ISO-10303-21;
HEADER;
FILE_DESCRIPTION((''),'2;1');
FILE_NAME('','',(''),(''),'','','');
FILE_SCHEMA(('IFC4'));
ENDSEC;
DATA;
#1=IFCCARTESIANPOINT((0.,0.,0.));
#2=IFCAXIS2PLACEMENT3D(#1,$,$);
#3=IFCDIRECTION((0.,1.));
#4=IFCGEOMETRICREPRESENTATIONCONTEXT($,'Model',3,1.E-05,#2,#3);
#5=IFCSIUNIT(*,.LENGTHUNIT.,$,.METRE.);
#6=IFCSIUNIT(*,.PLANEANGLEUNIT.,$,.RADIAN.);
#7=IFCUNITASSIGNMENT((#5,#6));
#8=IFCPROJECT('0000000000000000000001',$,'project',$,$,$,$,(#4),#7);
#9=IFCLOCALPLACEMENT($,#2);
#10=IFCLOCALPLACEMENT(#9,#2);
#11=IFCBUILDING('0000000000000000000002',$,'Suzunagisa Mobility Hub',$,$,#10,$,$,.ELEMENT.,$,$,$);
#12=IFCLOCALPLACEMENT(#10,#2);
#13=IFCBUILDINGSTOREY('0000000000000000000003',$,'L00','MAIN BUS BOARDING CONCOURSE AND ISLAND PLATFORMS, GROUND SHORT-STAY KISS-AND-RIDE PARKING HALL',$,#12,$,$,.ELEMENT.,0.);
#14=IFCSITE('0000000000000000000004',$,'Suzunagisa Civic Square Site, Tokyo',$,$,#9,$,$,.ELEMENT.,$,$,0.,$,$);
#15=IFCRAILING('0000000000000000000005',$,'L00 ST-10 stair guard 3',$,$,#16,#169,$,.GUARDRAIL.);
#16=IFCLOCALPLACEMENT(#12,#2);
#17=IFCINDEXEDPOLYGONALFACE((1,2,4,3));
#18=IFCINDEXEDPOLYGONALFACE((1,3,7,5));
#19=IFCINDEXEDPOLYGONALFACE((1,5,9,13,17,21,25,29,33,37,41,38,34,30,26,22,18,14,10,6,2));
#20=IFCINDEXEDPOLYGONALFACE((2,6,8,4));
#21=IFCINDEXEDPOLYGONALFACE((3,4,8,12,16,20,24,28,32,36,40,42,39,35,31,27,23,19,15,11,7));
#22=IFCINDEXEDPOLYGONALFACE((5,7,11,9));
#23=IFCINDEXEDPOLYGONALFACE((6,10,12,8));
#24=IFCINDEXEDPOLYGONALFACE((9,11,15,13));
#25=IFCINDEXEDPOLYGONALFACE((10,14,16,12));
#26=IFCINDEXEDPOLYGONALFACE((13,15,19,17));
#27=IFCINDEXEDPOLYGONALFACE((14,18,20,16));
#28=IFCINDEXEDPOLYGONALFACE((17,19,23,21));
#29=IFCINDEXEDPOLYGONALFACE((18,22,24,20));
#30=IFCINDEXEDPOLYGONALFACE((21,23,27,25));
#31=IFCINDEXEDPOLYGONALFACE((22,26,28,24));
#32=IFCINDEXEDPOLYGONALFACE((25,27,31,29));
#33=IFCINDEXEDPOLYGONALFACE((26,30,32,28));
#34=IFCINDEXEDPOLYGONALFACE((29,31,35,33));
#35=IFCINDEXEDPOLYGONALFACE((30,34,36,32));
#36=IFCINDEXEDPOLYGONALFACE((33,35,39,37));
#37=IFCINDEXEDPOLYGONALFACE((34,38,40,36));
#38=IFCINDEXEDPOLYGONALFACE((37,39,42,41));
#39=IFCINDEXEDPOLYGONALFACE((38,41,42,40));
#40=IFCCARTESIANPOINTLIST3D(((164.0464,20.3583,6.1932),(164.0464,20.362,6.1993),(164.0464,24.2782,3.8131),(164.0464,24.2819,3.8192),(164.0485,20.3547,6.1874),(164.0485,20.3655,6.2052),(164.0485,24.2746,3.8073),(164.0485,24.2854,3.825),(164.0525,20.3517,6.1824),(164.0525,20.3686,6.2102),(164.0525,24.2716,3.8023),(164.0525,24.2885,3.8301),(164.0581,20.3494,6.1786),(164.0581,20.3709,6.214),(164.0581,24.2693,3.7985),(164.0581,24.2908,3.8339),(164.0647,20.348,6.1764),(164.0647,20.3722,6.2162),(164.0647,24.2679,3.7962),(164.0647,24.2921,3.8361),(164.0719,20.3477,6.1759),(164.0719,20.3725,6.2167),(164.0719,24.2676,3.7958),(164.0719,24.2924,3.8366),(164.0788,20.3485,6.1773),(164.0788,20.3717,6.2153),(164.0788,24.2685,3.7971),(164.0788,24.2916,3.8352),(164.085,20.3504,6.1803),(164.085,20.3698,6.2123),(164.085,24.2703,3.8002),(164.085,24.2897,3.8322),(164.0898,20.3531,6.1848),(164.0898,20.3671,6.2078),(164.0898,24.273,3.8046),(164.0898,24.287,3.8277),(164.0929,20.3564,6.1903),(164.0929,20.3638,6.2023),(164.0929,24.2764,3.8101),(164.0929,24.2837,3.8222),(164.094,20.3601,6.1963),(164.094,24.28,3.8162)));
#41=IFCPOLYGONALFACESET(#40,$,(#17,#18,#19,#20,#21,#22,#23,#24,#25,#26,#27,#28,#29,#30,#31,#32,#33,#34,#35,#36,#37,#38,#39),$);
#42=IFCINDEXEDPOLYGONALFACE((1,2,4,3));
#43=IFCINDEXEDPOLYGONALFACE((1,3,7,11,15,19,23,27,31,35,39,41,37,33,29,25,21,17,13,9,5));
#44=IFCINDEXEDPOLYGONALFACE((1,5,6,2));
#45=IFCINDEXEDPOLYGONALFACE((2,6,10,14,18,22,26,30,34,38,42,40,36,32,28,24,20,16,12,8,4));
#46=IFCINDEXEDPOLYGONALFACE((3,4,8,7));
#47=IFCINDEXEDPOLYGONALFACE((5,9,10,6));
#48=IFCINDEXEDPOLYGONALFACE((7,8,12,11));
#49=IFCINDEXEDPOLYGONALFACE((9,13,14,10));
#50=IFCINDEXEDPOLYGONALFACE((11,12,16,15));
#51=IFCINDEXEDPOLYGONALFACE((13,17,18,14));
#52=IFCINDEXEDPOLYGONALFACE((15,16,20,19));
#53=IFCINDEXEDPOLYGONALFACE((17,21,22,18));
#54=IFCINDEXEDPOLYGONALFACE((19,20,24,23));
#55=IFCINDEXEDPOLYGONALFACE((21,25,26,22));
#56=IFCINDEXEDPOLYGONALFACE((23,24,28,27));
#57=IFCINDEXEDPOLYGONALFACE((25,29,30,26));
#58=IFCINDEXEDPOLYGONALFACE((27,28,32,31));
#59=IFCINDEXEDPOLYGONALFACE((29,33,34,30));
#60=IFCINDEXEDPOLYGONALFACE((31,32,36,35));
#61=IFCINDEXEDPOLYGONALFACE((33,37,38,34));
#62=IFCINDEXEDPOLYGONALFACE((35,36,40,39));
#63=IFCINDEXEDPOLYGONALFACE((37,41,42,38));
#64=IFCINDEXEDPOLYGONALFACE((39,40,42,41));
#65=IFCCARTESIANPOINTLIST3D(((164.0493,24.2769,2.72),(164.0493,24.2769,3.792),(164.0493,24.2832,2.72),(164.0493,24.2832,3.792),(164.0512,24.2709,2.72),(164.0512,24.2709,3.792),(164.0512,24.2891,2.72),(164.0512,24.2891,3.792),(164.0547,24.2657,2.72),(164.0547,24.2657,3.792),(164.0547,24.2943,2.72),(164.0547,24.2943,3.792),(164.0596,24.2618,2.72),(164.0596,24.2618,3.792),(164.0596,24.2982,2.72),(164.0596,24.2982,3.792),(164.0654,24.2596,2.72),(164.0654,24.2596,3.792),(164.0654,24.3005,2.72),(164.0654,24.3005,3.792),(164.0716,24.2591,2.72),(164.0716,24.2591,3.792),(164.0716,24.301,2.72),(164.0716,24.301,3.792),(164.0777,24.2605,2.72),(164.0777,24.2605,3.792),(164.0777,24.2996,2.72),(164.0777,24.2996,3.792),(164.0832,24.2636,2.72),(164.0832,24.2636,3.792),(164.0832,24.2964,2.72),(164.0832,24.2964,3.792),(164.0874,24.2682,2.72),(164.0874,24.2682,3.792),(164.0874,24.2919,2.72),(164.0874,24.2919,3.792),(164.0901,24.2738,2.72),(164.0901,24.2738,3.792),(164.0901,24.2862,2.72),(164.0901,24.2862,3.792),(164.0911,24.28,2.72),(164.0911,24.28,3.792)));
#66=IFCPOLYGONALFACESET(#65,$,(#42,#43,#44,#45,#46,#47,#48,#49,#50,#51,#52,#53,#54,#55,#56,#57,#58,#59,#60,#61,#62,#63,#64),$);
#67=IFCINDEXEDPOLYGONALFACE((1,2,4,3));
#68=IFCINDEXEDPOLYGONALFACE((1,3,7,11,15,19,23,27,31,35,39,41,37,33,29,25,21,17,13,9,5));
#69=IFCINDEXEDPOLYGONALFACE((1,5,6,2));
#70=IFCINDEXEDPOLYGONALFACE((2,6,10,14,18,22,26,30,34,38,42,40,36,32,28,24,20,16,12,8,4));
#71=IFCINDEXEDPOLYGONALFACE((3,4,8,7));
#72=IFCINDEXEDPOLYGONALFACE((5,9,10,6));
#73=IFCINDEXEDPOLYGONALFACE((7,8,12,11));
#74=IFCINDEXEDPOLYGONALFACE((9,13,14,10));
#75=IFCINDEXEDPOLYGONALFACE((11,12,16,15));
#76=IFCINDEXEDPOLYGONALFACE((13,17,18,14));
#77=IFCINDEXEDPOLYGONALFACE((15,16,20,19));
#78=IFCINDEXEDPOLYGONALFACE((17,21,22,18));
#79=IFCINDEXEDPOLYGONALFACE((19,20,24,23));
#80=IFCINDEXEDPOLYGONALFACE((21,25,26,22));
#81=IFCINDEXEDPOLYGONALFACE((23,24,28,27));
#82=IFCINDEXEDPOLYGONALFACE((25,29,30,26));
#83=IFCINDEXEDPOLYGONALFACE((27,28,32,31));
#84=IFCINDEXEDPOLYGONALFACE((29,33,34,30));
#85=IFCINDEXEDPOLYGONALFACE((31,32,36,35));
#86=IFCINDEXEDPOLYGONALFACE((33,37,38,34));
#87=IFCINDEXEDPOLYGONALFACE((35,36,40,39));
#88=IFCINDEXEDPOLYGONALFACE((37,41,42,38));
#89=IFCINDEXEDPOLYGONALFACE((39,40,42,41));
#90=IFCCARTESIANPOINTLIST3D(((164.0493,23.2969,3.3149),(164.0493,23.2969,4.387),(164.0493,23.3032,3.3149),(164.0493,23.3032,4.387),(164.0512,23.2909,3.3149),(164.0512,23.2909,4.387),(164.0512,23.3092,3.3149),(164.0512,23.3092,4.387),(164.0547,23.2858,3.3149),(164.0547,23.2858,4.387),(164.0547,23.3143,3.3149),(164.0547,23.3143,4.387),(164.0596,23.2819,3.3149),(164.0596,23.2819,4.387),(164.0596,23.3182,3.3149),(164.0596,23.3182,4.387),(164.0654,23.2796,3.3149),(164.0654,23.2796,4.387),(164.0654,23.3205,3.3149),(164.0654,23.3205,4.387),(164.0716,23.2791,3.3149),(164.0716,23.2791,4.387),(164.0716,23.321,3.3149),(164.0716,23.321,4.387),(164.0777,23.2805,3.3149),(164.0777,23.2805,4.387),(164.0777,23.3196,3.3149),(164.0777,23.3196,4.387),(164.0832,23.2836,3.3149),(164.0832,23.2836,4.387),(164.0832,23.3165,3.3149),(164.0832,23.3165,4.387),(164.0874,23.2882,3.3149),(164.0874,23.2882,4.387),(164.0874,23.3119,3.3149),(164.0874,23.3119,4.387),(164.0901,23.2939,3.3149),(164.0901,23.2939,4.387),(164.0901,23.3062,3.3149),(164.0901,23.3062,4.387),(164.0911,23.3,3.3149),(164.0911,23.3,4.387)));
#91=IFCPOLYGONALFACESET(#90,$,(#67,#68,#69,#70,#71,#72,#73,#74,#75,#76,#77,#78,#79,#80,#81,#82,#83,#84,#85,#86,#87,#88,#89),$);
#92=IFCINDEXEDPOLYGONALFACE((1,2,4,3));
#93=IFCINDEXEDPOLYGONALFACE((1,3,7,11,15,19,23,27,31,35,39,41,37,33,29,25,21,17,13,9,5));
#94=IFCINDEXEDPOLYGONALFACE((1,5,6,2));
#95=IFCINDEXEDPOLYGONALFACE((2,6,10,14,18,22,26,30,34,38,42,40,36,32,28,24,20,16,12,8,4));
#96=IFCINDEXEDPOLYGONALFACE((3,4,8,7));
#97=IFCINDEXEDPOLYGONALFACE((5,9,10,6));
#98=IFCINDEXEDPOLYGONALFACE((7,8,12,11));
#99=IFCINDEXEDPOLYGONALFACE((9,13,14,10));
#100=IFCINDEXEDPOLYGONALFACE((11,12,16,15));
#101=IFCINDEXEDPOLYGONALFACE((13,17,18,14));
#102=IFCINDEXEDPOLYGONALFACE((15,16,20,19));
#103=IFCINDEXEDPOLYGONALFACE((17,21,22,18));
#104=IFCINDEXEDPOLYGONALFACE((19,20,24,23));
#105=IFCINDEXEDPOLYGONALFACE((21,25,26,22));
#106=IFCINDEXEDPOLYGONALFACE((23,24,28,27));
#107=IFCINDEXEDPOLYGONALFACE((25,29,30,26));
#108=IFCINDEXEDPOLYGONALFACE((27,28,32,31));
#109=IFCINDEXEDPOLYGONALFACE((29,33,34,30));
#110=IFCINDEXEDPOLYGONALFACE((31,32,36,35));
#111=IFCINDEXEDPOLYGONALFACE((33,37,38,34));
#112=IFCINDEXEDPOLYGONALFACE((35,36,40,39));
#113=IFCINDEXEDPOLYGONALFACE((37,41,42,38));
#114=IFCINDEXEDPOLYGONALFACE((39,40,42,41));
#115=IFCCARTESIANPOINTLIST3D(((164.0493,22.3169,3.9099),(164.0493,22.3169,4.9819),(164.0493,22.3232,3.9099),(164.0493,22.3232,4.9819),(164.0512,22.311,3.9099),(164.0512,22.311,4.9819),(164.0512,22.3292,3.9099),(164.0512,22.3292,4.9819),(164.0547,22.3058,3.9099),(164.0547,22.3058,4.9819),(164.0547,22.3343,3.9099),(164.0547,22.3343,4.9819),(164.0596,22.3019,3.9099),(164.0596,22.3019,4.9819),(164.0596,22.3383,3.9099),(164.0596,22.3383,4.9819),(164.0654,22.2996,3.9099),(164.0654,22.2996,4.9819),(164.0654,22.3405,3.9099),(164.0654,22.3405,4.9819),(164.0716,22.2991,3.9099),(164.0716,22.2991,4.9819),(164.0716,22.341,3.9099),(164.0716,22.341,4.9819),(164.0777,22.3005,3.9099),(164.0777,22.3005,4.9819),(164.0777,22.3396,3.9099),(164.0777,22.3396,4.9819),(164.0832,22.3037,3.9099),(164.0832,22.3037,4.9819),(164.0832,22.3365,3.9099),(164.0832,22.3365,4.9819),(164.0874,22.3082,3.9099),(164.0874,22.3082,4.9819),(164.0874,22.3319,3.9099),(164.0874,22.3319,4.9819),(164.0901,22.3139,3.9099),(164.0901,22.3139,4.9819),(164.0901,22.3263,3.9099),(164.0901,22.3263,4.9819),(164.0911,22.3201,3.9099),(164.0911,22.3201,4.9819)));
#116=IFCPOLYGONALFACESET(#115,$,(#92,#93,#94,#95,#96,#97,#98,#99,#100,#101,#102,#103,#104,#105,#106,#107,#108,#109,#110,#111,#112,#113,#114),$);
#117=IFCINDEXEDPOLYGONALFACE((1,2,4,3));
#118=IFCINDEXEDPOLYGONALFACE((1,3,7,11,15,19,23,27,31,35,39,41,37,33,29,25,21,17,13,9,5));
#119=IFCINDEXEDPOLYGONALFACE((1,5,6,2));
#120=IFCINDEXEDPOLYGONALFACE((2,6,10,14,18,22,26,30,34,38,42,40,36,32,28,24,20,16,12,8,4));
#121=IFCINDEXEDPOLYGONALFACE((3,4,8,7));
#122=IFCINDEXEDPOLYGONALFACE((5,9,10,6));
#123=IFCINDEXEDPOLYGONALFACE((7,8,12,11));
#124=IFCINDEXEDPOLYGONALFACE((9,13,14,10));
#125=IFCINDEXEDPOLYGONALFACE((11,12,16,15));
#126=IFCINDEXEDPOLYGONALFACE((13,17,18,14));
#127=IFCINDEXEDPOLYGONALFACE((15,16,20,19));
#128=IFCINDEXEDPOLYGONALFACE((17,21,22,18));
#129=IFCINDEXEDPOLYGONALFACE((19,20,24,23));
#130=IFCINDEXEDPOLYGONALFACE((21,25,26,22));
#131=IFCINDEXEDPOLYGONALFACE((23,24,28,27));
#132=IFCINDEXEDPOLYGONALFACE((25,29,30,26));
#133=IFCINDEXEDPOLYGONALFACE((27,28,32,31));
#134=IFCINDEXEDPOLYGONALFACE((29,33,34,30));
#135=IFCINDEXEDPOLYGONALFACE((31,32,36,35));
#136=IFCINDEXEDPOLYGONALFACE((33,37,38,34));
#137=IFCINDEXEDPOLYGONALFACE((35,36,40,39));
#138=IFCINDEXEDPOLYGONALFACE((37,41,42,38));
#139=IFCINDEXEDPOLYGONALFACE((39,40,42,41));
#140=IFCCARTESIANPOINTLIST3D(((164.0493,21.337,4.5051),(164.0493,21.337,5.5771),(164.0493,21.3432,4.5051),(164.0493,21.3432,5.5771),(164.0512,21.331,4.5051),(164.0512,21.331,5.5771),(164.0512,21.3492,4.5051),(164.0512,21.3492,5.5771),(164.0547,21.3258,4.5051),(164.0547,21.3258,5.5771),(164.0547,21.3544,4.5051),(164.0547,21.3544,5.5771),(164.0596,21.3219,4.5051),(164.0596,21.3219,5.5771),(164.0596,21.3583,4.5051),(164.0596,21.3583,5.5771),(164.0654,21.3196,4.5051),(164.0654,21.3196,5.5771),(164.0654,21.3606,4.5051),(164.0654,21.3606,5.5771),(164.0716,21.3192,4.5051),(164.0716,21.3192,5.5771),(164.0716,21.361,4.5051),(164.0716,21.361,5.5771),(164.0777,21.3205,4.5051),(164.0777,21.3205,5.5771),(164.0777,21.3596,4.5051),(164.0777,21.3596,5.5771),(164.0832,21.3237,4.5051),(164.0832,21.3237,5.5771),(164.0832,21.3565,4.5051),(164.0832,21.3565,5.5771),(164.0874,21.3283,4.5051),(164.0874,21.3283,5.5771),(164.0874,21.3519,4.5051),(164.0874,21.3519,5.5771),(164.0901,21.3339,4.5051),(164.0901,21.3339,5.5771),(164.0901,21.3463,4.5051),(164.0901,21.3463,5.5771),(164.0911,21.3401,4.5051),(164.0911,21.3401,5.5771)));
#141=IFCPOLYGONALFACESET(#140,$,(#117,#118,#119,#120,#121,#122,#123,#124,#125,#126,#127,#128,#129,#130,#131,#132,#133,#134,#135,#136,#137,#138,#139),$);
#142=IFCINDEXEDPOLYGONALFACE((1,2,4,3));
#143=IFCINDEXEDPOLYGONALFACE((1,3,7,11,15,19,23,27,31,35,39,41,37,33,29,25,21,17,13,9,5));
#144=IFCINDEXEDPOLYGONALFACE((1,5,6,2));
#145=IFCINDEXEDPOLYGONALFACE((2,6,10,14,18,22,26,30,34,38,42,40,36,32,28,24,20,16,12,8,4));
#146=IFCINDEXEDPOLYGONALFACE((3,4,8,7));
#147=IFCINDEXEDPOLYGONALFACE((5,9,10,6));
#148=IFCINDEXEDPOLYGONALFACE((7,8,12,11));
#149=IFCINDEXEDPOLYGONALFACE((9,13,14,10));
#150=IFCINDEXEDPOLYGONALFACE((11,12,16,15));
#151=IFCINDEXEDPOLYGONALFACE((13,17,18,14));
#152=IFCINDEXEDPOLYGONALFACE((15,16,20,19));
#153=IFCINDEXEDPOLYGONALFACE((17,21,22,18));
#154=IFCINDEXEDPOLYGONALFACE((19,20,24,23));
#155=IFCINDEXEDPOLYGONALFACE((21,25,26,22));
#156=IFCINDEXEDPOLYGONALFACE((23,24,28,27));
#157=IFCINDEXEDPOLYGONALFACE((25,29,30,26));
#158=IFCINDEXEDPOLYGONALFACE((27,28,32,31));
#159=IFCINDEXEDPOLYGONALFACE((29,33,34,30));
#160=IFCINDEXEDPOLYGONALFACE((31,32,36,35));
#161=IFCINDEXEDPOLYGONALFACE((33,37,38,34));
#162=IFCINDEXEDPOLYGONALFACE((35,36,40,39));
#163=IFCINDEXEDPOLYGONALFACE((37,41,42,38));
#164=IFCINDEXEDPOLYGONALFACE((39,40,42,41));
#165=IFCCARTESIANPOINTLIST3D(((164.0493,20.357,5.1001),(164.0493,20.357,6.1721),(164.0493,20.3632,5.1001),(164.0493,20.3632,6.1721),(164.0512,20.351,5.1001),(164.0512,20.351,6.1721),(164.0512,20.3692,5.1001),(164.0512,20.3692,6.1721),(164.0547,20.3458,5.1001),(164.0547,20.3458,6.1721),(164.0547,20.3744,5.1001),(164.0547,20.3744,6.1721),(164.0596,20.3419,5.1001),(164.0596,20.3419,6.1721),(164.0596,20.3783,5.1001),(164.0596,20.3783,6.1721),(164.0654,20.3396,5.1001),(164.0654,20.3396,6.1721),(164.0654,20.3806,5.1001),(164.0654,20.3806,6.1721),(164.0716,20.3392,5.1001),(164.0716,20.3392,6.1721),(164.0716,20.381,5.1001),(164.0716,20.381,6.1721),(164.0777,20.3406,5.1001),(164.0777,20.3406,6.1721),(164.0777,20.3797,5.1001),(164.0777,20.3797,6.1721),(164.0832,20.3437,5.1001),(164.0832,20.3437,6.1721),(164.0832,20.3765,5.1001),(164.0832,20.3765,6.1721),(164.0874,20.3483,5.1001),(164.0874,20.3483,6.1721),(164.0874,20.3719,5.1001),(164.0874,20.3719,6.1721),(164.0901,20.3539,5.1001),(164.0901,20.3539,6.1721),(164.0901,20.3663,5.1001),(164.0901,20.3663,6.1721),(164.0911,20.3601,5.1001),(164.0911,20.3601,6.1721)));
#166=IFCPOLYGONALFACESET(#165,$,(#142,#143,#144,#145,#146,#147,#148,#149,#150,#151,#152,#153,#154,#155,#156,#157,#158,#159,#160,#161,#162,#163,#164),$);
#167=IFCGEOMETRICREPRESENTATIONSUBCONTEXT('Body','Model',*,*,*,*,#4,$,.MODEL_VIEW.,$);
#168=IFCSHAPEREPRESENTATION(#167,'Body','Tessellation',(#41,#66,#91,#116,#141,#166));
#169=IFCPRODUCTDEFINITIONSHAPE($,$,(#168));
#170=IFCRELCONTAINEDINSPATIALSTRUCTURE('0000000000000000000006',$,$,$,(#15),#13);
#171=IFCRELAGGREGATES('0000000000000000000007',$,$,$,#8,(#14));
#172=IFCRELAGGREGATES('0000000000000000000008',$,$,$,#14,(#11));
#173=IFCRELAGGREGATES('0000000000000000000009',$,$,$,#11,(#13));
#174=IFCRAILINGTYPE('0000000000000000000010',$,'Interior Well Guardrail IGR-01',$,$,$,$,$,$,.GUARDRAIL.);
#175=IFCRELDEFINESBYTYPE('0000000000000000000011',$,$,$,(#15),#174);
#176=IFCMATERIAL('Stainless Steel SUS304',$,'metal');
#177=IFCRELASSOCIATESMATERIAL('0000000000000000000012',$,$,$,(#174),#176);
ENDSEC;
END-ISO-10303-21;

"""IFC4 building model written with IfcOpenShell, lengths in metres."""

from ifc_helpers import new_model, si_unit, direction, frame, origin, origin_2d, place, context, subcontext, project, spatial, circle, extrude, material, type_object, element, save


model = new_model("IFC4")

# Units and contexts
model_context = context("Model", 3, precision=1e-05, world=origin(), true_north=direction((0.0, 1.0)))
body_context = subcontext(model_context, "Body", "Model", "MODEL_VIEW")
ifc_project = project(units=[si_unit("LENGTHUNIT", "METRE"), si_unit("PLANEANGLEUNIT", "RADIAN")], contexts=[model_context])

# Site, building, storey
site_placement = place(None, origin())
site = spatial("IfcSite", under=ifc_project, at=site_placement, Name="Suzunagisa Civic Square Site, Tokyo", CompositionType="ELEMENT", RefElevation=0.0)
building_placement = place(site_placement, origin())
building = spatial("IfcBuilding", under=site, at=building_placement, Name="Suzunagisa Mobility Hub", CompositionType="ELEMENT")
storey_placement = place(building_placement, origin())
storey = spatial("IfcBuildingStorey", under=building, at=storey_placement, Name="L00", Description="MAIN BUS BOARDING CONCOURSE AND ISLAND PLATFORMS, GROUND SHORT-STAY KISS-AND-RIDE PARKING HALL", CompositionType="ELEMENT", Elevation=0.0)

# Railing
ifc_material_1 = material(Name="Stainless Steel SUS304", Category="metal")
railing_type_1 = type_object("IfcRailingType", Name="Interior Well Guardrail IGR-01", PredefinedType="GUARDRAIL", material=ifc_material_1)
railing_1_placement = place(storey_placement, frame((164.0701, 24.28, 2.72)))
element("IfcRailing", 1, at=railing_1_placement, inside=storey, type_object=railing_type_1, Name="L00 ST-10 stair guard 3", PredefinedType="GUARDRAIL", context=body_context, shape_type="SweptSolid", body=[
    extrude(circle(Radius=0.0239, at=origin_2d()), frame((0.0, 0.0, 1.0962), z_axis=(0.0, -0.854771, 0.519006), x_axis=(1.0, 0.0, 0.0)), (0.0, 0.0, 1.0), 4.5859),
    extrude(circle(Radius=0.021, at=origin_2d()), origin(), (0.0, 0.0, 1.0), 1.072),
    extrude(circle(Radius=0.021, at=origin_2d()), frame((0.0, -0.98, 0.595)), (0.0, 0.0, 1.0), 1.072),
    extrude(circle(Radius=0.021, at=origin_2d()), frame((0.0, -1.96, 1.1899)), (0.0, 0.0, 1.0), 1.072),
    extrude(circle(Radius=0.021, at=origin_2d()), frame((0.0, -2.9399, 1.7852)), (0.0, 0.0, 1.0), 1.072),
    extrude(circle(Radius=0.021, at=origin_2d()), frame((0.0, -3.9199, 2.3801)), (0.0, 0.0, 1.0), 1.072),
])

save(model, "model.ifc")
